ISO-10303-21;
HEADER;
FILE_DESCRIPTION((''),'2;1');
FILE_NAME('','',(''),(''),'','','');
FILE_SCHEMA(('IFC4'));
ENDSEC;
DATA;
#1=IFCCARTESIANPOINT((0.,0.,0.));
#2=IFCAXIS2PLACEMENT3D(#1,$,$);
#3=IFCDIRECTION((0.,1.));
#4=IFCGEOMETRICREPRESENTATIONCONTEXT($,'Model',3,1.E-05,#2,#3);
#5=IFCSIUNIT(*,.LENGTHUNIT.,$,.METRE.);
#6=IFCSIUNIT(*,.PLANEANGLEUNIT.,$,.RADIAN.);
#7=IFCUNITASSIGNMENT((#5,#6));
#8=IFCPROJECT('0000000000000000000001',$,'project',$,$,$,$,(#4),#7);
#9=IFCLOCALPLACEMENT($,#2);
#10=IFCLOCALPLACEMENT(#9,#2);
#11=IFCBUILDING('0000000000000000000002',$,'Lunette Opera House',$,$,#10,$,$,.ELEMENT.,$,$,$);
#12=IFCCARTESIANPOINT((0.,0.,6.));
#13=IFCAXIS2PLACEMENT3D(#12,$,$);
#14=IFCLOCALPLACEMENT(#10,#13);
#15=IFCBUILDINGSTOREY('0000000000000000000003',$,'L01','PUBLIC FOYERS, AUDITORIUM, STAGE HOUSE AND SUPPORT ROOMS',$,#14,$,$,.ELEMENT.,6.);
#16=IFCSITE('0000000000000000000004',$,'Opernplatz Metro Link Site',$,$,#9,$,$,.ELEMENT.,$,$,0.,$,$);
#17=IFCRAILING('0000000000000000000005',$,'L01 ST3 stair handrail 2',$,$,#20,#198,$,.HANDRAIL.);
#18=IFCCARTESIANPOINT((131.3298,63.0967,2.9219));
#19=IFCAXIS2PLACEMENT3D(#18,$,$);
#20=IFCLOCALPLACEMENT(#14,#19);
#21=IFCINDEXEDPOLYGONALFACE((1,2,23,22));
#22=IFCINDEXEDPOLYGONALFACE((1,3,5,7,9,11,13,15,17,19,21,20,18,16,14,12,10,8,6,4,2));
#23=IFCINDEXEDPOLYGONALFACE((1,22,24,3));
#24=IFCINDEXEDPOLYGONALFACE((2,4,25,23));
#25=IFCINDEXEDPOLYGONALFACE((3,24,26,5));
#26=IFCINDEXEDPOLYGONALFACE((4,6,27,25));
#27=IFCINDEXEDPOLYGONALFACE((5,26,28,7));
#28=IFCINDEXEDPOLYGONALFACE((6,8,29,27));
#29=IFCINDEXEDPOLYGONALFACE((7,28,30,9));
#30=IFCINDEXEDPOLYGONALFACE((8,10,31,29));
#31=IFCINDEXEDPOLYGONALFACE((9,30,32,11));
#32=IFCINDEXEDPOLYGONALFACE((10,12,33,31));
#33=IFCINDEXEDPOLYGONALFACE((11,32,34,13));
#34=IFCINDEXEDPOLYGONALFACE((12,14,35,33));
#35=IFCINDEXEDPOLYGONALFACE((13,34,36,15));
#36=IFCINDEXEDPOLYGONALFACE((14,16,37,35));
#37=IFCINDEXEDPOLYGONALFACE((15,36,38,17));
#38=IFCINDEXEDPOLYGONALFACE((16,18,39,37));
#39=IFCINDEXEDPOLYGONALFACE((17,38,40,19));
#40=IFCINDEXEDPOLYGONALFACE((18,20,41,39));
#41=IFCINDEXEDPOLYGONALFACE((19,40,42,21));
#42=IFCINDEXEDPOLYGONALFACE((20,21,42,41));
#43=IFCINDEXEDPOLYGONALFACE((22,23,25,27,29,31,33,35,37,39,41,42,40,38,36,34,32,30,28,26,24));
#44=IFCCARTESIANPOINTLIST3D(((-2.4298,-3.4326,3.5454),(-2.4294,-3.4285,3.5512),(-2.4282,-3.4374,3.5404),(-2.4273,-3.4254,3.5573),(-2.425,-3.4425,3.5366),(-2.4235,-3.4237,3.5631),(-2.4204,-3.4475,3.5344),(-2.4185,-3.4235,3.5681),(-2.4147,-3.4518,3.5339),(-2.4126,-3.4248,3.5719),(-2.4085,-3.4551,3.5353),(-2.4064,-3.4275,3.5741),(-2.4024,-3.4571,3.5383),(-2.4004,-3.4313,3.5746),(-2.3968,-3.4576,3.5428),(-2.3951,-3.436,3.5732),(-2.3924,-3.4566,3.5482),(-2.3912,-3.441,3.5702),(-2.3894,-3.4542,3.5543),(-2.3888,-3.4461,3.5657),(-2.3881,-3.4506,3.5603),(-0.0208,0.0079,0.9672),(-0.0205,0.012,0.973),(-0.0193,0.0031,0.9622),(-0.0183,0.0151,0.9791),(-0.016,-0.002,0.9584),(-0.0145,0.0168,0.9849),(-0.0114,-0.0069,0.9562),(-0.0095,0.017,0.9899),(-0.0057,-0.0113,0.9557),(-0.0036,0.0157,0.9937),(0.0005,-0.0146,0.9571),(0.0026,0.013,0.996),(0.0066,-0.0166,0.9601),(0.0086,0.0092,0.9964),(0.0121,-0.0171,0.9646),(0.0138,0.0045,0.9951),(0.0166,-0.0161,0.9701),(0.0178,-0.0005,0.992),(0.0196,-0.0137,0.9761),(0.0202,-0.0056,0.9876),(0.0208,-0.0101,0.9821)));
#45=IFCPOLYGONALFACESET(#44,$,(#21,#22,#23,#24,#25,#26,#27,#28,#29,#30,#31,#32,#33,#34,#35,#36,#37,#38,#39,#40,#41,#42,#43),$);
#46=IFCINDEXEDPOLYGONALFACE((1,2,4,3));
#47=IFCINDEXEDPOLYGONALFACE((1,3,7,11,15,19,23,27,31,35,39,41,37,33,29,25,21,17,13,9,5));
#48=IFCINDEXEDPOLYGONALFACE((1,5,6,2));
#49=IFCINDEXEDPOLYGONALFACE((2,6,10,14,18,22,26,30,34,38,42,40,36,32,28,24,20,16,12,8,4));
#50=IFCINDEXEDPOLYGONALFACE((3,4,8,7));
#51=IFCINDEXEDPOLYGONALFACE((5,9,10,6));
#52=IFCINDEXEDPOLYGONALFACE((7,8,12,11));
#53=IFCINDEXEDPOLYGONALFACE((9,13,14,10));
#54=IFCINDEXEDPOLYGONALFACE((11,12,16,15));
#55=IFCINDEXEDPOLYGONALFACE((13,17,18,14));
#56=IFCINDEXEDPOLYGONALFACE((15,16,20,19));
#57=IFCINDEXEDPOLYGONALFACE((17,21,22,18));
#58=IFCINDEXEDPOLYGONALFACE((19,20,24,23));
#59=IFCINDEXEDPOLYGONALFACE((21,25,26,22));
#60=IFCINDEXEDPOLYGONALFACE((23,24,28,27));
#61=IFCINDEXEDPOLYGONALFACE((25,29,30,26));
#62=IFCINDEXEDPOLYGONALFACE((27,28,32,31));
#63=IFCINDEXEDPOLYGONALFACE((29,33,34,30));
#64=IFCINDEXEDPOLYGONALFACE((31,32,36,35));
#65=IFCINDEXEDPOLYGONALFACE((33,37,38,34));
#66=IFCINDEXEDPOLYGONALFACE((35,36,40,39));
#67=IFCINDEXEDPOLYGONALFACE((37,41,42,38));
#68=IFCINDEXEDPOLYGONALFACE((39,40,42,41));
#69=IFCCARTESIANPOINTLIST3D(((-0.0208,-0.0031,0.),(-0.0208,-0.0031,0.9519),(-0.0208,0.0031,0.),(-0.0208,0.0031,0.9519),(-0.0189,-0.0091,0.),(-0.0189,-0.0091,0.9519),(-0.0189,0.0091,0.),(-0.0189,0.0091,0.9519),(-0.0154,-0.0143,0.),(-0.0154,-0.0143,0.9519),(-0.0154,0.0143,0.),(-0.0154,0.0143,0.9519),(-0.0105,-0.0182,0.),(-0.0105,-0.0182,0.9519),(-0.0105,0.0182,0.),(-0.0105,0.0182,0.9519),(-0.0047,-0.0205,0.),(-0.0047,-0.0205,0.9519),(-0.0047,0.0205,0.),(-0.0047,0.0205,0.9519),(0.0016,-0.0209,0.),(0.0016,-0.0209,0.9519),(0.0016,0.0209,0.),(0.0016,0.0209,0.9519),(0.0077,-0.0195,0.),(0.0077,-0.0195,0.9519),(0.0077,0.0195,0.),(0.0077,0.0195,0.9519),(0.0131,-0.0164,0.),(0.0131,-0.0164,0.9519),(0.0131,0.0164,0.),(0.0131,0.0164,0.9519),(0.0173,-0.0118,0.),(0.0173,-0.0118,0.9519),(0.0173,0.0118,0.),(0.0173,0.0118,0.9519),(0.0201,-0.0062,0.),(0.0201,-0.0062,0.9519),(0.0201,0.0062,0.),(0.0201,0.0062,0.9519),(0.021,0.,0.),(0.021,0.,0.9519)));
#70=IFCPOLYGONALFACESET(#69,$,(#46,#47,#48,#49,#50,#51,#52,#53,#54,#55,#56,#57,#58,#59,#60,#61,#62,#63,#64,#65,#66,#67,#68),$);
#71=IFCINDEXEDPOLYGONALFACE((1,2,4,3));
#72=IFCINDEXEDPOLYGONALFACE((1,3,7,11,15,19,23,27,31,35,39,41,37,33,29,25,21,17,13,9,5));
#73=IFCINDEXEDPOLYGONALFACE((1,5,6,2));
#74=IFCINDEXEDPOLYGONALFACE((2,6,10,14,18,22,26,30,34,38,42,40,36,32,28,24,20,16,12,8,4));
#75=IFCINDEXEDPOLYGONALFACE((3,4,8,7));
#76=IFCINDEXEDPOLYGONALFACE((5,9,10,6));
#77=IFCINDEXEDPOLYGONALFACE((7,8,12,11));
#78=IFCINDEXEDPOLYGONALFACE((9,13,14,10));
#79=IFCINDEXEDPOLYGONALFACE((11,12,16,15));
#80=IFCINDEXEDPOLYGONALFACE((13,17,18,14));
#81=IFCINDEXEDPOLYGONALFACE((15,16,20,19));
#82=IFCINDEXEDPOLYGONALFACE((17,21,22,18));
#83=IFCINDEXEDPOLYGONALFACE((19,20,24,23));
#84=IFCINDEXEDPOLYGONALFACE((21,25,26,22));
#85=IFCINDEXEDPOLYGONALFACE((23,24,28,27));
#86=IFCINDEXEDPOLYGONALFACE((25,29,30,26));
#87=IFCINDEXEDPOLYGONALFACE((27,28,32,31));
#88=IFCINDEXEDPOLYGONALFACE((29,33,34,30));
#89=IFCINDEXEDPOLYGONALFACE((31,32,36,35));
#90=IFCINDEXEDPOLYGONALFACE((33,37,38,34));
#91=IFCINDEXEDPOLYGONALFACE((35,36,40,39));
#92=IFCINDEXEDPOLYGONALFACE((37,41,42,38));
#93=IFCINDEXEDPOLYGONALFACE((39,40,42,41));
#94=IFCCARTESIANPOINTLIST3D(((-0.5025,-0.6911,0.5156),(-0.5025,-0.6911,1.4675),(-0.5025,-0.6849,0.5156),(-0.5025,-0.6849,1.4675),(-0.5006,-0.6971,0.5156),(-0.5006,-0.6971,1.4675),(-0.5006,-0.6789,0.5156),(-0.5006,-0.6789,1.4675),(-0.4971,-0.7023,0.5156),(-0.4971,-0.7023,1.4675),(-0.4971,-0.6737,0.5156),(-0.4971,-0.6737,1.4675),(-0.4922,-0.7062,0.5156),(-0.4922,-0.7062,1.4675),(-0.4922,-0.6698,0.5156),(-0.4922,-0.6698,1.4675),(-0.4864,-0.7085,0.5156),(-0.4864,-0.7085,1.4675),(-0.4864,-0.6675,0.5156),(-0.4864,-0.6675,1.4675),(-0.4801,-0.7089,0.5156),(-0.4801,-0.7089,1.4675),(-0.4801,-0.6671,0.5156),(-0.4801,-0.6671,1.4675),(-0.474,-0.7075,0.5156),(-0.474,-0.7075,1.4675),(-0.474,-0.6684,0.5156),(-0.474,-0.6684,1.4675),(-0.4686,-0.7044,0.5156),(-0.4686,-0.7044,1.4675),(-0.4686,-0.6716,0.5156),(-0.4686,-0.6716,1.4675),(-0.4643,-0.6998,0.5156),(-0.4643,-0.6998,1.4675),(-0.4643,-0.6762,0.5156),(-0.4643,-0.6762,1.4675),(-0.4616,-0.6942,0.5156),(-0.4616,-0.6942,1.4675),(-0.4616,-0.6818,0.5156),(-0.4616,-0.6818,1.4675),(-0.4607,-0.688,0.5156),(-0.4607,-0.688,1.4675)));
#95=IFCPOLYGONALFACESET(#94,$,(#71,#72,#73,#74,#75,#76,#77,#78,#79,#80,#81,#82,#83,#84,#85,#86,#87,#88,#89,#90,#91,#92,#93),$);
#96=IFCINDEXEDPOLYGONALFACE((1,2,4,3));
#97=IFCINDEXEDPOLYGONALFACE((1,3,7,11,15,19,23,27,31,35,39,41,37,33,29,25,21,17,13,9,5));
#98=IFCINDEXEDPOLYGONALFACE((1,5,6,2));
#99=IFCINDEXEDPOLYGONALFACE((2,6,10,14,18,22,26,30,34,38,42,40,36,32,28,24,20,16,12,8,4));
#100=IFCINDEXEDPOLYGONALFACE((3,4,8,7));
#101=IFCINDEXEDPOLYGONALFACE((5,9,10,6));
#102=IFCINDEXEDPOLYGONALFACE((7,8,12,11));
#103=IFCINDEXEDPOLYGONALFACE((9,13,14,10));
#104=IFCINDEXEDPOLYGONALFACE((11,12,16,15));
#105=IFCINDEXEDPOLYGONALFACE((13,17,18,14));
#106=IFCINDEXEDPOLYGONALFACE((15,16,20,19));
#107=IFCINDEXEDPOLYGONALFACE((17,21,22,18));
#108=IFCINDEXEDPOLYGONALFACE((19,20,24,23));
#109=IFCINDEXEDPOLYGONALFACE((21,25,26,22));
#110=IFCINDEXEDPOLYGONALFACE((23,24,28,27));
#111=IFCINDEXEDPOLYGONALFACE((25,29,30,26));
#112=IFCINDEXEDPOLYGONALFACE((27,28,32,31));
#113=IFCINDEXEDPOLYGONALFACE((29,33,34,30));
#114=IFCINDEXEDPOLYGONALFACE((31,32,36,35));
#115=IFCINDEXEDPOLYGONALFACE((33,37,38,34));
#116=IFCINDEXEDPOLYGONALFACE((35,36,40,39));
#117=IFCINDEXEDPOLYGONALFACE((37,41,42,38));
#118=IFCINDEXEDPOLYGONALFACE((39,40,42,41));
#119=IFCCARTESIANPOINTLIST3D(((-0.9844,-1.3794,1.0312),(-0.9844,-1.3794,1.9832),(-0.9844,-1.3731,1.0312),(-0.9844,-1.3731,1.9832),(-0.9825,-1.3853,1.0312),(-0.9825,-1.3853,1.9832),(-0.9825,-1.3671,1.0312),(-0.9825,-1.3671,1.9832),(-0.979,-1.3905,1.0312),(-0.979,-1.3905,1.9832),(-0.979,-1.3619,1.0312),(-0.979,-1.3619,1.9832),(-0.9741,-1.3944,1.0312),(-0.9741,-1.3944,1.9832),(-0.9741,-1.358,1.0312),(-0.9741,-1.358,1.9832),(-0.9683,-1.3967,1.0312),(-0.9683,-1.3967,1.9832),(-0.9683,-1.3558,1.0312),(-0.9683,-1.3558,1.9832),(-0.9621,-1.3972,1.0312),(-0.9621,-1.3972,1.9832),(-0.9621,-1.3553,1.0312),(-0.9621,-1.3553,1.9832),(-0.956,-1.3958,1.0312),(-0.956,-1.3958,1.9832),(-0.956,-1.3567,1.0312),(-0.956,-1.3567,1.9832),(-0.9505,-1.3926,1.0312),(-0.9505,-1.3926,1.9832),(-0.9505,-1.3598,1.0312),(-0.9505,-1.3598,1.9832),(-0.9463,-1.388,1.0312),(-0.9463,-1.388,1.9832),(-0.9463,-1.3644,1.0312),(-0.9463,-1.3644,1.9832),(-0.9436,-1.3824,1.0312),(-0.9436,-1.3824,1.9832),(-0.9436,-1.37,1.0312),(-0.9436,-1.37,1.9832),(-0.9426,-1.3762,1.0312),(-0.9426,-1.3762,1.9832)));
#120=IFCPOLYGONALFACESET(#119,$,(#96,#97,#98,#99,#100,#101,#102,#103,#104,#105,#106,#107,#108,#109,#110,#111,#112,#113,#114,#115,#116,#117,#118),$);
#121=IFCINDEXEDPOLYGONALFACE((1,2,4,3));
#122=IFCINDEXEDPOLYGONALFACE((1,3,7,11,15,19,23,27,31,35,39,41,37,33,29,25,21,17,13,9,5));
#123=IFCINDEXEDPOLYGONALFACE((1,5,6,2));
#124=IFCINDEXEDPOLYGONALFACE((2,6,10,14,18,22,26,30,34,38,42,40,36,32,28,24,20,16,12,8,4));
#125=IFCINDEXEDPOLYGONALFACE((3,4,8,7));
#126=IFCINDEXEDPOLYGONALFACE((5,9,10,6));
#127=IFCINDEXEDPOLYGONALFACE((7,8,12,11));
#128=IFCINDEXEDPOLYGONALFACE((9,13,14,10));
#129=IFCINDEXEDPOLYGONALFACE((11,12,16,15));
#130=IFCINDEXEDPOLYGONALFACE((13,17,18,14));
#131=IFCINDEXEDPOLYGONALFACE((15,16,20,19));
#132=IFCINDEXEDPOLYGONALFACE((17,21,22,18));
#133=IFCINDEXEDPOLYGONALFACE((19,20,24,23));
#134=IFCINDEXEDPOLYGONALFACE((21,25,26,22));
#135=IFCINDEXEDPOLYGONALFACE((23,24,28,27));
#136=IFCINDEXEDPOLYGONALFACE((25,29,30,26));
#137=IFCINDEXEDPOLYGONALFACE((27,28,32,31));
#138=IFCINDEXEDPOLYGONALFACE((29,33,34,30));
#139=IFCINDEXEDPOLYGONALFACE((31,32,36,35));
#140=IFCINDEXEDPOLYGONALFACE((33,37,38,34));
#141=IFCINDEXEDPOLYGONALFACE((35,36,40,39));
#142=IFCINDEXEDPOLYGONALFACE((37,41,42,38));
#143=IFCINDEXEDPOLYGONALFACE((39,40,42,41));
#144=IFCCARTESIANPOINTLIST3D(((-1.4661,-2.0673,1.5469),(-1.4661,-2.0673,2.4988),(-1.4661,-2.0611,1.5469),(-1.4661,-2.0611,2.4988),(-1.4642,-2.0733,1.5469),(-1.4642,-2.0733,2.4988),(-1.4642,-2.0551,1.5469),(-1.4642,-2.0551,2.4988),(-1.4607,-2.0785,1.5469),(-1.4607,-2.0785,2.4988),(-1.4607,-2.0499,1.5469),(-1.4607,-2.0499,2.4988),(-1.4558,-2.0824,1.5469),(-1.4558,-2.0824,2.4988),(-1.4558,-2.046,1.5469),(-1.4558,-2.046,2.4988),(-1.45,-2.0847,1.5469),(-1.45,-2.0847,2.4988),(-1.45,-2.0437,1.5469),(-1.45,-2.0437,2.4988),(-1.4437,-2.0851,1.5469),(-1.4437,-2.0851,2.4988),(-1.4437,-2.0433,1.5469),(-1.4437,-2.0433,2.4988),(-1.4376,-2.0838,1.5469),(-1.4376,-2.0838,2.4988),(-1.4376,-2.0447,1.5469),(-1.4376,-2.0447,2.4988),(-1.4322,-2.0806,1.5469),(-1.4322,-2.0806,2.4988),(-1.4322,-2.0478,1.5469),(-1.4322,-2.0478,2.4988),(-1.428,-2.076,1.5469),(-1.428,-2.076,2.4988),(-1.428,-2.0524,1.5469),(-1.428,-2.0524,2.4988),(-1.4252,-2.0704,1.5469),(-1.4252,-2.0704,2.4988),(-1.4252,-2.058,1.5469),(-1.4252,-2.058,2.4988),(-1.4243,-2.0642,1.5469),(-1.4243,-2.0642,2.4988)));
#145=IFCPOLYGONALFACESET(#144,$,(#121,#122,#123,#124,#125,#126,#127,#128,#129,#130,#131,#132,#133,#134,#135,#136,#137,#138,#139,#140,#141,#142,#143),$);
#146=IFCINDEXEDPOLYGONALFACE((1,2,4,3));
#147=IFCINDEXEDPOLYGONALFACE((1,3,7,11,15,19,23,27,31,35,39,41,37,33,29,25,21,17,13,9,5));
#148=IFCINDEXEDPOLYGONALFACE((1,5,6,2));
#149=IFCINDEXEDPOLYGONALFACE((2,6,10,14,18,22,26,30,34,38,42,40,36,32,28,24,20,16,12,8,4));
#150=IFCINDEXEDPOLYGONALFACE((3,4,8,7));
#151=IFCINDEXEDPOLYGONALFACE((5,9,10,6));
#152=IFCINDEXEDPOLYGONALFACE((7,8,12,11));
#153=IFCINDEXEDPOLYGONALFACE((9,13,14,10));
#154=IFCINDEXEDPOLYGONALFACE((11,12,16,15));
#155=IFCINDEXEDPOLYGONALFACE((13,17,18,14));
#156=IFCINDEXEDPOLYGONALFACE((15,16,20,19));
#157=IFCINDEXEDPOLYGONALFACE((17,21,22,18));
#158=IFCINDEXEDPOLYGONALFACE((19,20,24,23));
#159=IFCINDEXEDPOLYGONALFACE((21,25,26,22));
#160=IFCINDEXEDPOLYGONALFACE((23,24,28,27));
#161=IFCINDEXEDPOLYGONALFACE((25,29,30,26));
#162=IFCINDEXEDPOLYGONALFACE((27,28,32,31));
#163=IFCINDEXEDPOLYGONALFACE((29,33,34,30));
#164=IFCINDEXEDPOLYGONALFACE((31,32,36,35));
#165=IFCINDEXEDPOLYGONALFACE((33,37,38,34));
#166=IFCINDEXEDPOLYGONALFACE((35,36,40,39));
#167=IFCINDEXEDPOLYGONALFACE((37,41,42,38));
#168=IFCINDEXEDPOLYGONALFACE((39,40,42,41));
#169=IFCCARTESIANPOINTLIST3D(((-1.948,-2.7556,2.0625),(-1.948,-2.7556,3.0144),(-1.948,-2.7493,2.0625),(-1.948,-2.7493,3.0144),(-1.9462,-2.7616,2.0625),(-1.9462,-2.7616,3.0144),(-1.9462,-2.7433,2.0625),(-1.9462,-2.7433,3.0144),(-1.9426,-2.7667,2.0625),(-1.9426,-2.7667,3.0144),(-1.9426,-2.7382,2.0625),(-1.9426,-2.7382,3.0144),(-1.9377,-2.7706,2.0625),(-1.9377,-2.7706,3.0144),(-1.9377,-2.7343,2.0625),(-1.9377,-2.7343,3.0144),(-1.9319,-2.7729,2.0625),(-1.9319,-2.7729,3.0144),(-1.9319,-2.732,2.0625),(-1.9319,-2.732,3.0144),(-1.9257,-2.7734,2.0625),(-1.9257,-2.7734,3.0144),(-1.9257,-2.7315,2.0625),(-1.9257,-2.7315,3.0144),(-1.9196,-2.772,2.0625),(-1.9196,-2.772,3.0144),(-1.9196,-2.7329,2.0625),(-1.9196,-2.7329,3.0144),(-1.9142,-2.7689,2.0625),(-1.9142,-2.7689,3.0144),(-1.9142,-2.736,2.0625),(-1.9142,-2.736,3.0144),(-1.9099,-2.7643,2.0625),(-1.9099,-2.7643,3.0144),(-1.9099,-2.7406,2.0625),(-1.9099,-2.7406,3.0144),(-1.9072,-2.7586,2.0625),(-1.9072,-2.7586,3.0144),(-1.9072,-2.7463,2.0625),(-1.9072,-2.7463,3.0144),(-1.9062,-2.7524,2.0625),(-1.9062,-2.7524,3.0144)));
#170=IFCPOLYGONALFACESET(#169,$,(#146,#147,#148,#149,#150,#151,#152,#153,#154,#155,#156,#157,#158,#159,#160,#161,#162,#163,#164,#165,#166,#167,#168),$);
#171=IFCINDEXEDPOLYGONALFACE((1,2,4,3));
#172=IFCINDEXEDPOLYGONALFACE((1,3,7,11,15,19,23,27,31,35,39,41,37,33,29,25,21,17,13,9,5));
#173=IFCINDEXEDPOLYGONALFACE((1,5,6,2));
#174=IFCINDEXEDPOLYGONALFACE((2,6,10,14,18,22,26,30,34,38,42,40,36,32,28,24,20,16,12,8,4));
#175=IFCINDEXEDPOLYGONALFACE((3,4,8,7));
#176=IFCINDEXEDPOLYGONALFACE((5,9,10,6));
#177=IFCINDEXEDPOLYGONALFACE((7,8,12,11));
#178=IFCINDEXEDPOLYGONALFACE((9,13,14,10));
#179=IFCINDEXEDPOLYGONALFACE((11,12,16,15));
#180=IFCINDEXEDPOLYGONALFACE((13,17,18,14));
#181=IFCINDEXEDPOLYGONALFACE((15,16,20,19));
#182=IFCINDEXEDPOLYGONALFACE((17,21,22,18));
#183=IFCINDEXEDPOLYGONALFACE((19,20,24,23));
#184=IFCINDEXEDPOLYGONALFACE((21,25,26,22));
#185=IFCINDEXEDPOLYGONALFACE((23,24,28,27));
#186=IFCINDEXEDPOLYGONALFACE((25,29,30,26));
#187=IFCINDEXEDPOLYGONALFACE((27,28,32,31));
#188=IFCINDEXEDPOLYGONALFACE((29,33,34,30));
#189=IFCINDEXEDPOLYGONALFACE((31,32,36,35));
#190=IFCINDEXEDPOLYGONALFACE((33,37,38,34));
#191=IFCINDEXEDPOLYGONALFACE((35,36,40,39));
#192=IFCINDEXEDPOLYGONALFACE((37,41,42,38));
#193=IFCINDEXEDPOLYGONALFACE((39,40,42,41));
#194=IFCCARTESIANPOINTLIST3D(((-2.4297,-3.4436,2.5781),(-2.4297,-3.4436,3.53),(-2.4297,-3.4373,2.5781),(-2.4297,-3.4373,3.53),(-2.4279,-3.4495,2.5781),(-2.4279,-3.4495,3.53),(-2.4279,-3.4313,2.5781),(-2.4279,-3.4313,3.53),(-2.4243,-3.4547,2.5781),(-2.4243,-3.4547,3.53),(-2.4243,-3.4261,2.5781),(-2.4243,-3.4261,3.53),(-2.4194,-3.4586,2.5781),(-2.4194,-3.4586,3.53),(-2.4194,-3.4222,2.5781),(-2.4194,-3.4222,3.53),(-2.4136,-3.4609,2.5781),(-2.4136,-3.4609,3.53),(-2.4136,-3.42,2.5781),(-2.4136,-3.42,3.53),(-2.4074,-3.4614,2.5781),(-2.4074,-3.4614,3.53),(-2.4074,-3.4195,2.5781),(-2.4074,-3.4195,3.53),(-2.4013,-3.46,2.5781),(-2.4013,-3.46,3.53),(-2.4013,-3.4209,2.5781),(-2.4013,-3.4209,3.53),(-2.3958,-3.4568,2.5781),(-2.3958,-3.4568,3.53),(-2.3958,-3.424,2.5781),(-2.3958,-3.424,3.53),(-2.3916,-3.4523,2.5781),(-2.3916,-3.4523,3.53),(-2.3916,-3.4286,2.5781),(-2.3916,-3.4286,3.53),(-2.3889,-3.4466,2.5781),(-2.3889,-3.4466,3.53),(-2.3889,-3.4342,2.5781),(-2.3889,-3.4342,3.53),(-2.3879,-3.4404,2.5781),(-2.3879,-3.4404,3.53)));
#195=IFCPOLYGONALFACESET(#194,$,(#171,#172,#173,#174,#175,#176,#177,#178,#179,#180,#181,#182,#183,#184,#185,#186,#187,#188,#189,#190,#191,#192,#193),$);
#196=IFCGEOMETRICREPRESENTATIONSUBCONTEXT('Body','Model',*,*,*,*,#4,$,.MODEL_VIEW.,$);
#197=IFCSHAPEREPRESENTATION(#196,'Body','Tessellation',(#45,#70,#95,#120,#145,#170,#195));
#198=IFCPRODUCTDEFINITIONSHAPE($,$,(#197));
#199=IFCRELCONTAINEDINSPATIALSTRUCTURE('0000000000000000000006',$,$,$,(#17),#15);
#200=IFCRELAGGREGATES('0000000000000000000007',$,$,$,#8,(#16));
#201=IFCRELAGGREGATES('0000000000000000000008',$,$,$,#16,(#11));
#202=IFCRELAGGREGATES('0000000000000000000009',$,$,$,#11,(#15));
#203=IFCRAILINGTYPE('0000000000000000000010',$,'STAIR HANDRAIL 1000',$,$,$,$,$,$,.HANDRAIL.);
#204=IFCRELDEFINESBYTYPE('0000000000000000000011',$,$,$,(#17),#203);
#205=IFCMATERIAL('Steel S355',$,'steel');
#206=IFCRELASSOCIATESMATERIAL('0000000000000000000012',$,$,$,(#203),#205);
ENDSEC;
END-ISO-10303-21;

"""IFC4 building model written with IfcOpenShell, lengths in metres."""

from ifc_helpers import new_model, si_unit, direction, frame, origin, origin_2d, place, context, subcontext, project, spatial, circle, extrude, material, type_object, element, save


model = new_model("IFC4")

# Units and contexts
model_context = context("Model", 3, precision=1e-05, world=origin(), true_north=direction((0.0, 1.0)))
body_context = subcontext(model_context, "Body", "Model", "MODEL_VIEW")
ifc_project = project(units=[si_unit("LENGTHUNIT", "METRE"), si_unit("PLANEANGLEUNIT", "RADIAN")], contexts=[model_context])

# Site, building, storey
site_placement = place(None, origin())
site = spatial("IfcSite", under=ifc_project, at=site_placement, Name="Opernplatz Metro Link Site", CompositionType="ELEMENT", RefElevation=0.0)
building_placement = place(site_placement, origin())
building = spatial("IfcBuilding", under=site, at=building_placement, Name="Lunette Opera House", CompositionType="ELEMENT")
storey_placement = place(building_placement, frame((0.0, 0.0, 6.0)))
storey = spatial("IfcBuildingStorey", under=building, at=storey_placement, Name="L01", Description="PUBLIC FOYERS, AUDITORIUM, STAGE HOUSE AND SUPPORT ROOMS", CompositionType="ELEMENT", Elevation=6.0)

# Railing
ifc_material_1 = material(Name="Steel S355", Category="steel")
railing_type_1 = type_object("IfcRailingType", Name="STAIR HANDRAIL 1000", PredefinedType="HANDRAIL", material=ifc_material_1)
railing_1_placement = place(storey_placement, frame((131.3298, 63.0967, 2.9219)))
element("IfcRailing", 1, at=railing_1_placement, inside=storey, type_object=railing_type_1, Name="L01 ST3 stair handrail 2", PredefinedType="HANDRAIL", context=body_context, shape_type="SweptSolid", body=[
    extrude(circle(Radius=0.0239, at=origin_2d()), frame((0.0, 0.0, 0.9761), z_axis=(-0.488815, -0.698124, 0.523147), x_axis=(0.819161, -0.573564, 0.0)), (0.0, 0.0, 1.0), 4.9282),
    extrude(circle(Radius=0.021, at=origin_2d()), origin(), (0.0, 0.0, 1.0), 0.9519),
    extrude(circle(Radius=0.021, at=origin_2d()), frame((-0.4817, -0.688, 0.5156)), (0.0, 0.0, 1.0), 0.9519),
    extrude(circle(Radius=0.021, at=origin_2d()), frame((-0.9636, -1.3762, 1.0312)), (0.0, 0.0, 1.0), 0.9519),
    extrude(circle(Radius=0.021, at=origin_2d()), frame((-1.4453, -2.0642, 1.5469)), (0.0, 0.0, 1.0), 0.9519),
    extrude(circle(Radius=0.021, at=origin_2d()), frame((-1.9272, -2.7524, 2.0625)), (0.0, 0.0, 1.0), 0.9519),
    extrude(circle(Radius=0.021, at=origin_2d()), frame((-2.4089, -3.4404, 2.5781)), (0.0, 0.0, 1.0), 0.9519),
])

save(model, "model.ifc")
